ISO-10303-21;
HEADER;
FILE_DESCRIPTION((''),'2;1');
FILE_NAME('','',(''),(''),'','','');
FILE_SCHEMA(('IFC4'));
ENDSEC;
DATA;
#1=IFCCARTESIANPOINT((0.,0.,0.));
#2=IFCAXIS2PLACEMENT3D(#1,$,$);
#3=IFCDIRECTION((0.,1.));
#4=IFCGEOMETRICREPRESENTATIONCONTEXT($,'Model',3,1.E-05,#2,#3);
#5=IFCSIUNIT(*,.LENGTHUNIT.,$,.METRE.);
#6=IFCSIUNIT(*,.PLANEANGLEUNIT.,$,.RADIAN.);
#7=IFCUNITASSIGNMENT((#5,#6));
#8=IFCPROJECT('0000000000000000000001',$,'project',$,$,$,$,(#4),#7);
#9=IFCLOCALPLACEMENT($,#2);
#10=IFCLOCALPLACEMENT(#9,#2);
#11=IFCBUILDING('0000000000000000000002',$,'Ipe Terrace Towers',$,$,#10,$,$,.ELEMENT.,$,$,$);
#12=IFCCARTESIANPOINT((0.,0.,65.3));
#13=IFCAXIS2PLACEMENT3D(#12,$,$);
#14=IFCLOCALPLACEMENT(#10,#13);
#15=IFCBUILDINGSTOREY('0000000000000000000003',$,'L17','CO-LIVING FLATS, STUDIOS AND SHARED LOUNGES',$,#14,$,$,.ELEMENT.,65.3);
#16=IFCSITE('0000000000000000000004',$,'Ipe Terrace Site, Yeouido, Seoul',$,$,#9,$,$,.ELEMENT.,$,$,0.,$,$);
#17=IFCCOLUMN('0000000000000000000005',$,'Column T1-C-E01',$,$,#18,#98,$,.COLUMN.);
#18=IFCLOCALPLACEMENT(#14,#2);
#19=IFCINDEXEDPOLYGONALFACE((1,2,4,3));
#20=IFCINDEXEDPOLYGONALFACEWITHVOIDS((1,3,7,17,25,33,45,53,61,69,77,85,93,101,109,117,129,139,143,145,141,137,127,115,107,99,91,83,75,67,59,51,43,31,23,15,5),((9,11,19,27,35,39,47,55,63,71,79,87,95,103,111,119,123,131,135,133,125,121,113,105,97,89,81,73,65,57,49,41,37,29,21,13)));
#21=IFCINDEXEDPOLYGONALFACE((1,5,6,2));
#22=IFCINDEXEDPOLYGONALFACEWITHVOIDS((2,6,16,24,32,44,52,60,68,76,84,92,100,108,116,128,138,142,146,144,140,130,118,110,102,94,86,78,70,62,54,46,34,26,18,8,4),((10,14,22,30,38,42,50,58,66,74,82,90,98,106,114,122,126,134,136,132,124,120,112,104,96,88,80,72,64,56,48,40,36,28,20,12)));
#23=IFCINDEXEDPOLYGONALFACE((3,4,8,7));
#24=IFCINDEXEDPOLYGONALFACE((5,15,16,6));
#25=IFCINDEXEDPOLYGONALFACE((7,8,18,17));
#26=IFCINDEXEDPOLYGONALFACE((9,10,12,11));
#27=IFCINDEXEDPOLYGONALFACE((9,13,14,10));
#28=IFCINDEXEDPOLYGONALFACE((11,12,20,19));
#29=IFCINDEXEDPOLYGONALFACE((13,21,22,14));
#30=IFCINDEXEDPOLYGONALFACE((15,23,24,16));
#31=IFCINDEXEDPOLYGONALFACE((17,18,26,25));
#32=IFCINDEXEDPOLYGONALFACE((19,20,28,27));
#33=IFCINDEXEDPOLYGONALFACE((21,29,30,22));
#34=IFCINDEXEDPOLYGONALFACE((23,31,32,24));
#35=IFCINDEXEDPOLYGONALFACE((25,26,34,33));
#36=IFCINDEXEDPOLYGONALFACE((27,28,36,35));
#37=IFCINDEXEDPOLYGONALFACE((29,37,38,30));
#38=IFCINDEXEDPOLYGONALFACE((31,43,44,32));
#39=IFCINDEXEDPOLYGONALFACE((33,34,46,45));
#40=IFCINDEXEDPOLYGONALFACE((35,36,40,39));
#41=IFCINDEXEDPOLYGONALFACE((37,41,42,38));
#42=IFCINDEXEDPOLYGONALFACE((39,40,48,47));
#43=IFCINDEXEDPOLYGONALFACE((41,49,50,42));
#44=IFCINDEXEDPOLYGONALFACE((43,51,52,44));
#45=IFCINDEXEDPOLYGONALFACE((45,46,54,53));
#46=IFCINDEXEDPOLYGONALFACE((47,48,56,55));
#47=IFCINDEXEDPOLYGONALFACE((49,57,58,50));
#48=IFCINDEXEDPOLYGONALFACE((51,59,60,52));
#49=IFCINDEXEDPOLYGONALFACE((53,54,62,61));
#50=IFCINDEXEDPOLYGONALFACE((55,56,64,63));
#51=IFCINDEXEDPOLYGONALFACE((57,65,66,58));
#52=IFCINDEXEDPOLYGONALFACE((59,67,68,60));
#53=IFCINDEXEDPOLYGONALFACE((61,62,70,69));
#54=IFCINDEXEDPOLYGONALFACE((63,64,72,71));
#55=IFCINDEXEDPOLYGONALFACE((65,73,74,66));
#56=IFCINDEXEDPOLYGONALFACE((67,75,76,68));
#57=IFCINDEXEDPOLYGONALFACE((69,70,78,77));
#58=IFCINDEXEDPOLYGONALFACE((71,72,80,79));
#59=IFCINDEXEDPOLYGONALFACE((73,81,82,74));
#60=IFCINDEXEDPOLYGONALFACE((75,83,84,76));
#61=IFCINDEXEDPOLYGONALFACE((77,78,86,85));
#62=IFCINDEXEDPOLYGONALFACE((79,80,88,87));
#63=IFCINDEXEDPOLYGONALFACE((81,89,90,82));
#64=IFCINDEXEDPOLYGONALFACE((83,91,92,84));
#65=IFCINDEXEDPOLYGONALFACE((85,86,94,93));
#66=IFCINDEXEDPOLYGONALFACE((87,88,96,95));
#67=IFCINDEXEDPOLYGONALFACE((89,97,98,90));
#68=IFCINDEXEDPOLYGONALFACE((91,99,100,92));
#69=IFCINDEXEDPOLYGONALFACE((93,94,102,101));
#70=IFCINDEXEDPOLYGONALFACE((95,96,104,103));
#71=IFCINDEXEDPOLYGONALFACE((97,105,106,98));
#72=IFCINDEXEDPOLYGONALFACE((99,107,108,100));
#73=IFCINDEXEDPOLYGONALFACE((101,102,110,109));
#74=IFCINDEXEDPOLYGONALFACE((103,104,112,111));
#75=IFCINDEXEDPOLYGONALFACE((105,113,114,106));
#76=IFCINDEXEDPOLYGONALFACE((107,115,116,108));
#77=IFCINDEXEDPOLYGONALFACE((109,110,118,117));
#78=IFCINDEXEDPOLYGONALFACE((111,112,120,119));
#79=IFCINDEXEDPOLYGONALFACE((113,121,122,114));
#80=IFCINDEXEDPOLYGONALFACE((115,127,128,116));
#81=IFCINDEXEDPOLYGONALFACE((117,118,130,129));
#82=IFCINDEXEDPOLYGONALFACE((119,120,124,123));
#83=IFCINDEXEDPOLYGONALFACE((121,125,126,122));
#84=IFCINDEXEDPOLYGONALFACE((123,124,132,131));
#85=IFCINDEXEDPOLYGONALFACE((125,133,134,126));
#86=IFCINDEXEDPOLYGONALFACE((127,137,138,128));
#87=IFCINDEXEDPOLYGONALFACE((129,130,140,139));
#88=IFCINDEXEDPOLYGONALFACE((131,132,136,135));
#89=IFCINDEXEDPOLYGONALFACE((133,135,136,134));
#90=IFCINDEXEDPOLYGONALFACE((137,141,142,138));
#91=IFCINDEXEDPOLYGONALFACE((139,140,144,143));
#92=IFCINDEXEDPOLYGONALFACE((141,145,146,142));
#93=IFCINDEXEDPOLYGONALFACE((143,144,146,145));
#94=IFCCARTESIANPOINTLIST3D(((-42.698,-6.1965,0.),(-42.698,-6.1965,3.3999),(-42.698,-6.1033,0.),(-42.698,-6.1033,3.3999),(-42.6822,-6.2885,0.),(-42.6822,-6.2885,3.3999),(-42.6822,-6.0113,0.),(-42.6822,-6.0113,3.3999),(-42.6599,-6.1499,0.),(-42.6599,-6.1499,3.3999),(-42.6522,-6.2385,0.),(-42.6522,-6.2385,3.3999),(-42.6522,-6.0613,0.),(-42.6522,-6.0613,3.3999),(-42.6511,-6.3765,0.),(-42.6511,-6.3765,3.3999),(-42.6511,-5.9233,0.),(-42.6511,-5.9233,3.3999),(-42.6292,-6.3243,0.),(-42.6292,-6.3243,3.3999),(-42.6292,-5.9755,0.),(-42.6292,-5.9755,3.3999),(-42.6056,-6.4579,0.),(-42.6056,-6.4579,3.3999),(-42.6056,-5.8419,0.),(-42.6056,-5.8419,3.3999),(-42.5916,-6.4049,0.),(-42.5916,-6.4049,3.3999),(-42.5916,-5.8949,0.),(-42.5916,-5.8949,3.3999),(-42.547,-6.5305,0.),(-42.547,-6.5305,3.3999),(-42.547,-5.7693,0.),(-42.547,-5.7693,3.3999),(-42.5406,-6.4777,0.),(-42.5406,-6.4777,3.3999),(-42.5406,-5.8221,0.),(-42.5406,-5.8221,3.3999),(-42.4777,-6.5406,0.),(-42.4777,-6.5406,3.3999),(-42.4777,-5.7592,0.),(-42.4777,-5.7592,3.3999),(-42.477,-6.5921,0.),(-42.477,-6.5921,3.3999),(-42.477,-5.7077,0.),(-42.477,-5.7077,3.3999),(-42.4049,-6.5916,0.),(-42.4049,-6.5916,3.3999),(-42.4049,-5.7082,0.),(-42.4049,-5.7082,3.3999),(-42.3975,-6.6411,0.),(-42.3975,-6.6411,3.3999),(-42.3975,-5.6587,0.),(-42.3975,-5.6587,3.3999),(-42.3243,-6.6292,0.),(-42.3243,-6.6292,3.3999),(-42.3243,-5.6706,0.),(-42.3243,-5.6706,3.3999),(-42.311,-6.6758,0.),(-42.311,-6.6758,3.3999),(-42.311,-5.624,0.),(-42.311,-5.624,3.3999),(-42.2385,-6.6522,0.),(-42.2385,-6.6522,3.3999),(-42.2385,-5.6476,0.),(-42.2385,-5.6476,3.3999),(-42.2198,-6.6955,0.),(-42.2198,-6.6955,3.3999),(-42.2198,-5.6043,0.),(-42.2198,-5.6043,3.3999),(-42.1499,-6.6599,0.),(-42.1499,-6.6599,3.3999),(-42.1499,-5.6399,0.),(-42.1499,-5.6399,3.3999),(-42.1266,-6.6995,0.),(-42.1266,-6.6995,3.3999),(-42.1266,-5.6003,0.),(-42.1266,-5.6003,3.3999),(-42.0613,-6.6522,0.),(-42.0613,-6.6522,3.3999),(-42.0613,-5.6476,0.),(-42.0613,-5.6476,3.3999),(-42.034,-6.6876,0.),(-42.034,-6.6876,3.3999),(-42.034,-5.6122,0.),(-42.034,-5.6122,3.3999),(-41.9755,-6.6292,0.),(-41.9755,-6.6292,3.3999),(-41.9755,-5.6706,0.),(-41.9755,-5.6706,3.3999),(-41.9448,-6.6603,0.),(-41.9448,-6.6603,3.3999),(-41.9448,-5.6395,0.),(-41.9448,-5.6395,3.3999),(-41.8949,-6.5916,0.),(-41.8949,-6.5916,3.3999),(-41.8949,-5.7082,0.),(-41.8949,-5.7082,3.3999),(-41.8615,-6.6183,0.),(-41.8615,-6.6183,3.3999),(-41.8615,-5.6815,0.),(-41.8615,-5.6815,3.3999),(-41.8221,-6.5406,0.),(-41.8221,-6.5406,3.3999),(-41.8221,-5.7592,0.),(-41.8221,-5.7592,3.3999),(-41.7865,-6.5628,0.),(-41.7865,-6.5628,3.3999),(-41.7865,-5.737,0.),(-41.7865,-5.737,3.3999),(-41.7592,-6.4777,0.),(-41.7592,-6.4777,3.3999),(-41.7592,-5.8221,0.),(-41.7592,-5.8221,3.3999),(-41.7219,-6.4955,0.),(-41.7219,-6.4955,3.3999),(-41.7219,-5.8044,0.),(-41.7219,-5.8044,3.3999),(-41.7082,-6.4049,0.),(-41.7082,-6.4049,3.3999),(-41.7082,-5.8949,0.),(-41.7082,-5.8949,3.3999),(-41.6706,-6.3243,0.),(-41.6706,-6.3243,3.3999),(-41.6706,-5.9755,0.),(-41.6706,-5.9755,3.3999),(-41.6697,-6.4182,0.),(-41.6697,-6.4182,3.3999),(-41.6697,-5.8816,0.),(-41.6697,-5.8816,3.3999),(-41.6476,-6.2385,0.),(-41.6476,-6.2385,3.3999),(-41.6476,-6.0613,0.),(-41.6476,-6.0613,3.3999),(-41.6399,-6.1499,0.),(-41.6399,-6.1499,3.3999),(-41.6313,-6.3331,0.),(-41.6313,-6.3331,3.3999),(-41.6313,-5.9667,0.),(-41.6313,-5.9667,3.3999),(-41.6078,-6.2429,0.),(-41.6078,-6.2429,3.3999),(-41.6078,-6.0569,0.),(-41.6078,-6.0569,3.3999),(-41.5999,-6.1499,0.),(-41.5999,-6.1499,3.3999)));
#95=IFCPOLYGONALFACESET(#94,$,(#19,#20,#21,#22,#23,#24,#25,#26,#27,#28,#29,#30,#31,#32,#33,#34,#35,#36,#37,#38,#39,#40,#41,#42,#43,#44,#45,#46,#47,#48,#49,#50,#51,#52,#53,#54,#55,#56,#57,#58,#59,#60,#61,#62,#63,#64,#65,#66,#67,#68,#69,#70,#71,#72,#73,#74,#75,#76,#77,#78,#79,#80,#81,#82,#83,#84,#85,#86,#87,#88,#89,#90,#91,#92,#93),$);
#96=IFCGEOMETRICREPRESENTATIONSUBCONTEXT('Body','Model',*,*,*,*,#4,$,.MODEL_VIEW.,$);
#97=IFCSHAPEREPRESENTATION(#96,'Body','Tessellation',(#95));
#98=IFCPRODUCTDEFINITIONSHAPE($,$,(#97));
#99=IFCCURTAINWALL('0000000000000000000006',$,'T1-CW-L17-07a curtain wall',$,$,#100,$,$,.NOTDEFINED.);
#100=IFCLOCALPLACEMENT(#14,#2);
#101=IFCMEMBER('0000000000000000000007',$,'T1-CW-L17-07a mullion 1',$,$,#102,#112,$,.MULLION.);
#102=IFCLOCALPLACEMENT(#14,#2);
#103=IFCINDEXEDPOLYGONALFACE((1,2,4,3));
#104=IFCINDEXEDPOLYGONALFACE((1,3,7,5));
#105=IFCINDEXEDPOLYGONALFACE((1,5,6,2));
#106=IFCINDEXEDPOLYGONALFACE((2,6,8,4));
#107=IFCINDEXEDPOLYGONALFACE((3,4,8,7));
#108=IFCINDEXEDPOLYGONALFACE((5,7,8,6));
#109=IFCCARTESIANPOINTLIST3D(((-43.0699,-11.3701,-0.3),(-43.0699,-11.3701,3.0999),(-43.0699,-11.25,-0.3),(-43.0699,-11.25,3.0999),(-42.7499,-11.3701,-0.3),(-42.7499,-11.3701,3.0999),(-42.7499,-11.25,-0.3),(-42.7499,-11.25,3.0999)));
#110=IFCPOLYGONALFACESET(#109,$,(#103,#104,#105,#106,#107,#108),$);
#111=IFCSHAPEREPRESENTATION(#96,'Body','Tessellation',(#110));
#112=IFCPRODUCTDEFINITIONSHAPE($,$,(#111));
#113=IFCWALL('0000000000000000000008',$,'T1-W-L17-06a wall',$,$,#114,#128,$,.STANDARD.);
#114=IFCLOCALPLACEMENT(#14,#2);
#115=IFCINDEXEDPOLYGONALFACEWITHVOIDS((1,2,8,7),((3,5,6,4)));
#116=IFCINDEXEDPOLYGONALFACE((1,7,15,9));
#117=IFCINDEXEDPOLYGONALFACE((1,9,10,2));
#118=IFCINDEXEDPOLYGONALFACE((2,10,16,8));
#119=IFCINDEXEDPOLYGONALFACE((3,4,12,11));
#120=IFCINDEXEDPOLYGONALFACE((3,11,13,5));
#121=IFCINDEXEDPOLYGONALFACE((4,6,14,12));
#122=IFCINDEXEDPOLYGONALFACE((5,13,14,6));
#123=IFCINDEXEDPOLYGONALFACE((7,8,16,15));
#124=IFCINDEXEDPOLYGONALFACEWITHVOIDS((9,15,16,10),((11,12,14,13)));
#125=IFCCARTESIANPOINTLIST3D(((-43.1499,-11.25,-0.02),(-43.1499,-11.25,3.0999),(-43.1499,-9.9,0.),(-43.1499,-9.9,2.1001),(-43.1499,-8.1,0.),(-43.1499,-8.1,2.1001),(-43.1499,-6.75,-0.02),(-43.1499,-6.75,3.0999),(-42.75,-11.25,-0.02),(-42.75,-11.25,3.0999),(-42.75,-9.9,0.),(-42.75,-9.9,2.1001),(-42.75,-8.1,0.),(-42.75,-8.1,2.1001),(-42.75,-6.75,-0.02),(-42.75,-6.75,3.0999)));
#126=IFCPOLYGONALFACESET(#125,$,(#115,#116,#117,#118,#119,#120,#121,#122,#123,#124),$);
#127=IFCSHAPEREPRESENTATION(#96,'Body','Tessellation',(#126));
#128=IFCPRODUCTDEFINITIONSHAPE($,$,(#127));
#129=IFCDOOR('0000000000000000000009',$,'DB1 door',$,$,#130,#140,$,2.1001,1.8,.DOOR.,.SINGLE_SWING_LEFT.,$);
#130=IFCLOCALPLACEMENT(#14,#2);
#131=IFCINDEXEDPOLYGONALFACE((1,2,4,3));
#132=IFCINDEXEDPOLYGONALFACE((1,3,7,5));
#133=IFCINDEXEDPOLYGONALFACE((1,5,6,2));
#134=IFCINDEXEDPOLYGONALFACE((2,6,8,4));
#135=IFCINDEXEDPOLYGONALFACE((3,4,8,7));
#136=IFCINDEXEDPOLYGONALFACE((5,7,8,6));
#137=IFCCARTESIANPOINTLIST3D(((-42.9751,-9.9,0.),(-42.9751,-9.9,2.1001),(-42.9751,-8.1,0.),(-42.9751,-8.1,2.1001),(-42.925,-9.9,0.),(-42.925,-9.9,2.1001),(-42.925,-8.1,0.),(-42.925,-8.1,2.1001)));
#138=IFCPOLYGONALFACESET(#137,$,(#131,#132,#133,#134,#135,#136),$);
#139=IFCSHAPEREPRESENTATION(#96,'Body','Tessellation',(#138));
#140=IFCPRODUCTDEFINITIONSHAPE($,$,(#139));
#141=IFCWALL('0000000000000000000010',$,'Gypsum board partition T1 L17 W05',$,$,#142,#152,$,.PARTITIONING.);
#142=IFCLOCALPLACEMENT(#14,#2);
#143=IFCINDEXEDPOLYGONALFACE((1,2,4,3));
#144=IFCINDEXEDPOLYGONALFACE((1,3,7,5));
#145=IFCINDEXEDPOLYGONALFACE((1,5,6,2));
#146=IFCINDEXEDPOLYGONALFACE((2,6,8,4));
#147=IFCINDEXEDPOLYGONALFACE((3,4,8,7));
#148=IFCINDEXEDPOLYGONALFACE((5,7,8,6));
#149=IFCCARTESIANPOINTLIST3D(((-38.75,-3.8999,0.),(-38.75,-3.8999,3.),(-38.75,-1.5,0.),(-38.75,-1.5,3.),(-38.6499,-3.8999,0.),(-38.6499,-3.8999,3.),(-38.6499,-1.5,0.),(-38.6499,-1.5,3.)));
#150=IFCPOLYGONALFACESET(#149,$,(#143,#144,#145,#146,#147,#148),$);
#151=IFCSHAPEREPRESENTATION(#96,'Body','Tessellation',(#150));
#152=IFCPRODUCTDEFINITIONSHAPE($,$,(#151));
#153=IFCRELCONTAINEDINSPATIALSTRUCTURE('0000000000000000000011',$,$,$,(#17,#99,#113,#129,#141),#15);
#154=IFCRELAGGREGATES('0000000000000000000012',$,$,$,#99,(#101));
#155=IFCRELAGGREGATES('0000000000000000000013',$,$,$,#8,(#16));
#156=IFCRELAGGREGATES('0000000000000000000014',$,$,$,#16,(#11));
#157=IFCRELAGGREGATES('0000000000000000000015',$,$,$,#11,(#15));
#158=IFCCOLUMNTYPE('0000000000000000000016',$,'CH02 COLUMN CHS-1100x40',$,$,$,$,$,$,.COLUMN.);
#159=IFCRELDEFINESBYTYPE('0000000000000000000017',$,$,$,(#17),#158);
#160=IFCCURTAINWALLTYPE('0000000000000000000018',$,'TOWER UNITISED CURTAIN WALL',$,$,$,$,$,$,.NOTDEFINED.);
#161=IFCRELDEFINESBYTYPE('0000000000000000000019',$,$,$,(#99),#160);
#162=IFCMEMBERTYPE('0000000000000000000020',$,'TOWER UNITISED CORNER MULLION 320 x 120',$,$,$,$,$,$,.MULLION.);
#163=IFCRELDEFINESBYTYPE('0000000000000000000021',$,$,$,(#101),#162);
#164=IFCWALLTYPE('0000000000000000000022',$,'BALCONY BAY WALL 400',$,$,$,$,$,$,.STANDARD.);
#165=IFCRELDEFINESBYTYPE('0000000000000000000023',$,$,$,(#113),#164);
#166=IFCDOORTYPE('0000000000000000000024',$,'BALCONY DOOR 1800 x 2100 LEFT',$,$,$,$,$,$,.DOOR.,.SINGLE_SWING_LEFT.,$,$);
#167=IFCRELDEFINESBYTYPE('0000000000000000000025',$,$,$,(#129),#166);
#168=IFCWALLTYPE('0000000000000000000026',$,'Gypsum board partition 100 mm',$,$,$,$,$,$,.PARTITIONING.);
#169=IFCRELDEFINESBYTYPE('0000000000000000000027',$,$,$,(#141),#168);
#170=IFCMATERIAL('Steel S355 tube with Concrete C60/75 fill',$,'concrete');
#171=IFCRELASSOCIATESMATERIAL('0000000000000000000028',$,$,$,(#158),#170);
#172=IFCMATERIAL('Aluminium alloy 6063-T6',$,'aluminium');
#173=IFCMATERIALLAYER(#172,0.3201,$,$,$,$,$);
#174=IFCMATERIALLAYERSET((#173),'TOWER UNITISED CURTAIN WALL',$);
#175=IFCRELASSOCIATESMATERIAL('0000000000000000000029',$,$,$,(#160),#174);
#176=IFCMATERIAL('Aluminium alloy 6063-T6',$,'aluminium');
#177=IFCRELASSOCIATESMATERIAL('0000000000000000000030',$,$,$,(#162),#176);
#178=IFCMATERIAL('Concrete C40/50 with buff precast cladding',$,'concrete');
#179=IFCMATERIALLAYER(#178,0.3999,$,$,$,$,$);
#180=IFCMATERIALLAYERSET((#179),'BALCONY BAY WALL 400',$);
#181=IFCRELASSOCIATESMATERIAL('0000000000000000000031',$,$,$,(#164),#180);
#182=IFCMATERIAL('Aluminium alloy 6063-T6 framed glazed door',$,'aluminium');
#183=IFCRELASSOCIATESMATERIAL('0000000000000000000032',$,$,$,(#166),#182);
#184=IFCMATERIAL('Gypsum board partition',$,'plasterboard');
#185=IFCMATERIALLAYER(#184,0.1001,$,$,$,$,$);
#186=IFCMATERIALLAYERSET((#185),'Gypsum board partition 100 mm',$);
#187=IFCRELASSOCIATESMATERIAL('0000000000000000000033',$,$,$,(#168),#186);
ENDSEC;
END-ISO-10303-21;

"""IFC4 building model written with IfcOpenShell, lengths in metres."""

from ifc_helpers import new_model, si_unit, direction, frame, frame_2d, origin, origin_2d, place, context, subcontext, project, spatial, rectangle, hollow_circle, extrude, material, layer, layer_set, material_profile, profile_set, type_object, element, fill, aggregate, save


model = new_model("IFC4")

# Units and contexts
model_context = context("Model", 3, precision=1e-05, world=origin(), true_north=direction((0.0, 1.0)))
body_context = subcontext(model_context, "Body", "Model", "MODEL_VIEW")
ifc_project = project(units=[si_unit("LENGTHUNIT", "METRE"), si_unit("PLANEANGLEUNIT", "RADIAN")], contexts=[model_context])

# Site, building, storey
site_placement = place(None, origin())
site = spatial("IfcSite", under=ifc_project, at=site_placement, Name="Ipe Terrace Site, Yeouido, Seoul", CompositionType="ELEMENT", RefElevation=0.0)
building_placement = place(site_placement, origin())
building = spatial("IfcBuilding", under=site, at=building_placement, Name="Ipe Terrace Towers", CompositionType="ELEMENT")
storey_placement = place(building_placement, frame((0.0, 0.0, 65.3)))
storey = spatial("IfcBuildingStorey", under=building, at=storey_placement, Name="L17", Description="CO-LIVING FLATS, STUDIOS AND SHARED LOUNGES", CompositionType="ELEMENT", Elevation=65.3)

# Column
ifc_material_1 = material(Name="Steel S355 tube with Concrete C60/75 fill", Category="concrete")
ifc_material_profile_1 = material_profile(ifc_material_1, hollow_circle(Radius=0.55, WallThickness=0.04, at=origin_2d()), Name="CHS-1100x40")
ifc_profile_set_1 = profile_set([ifc_material_profile_1], Name="Steel S355 tube with Concrete C60/75 fill")
column_type = type_object("IfcColumnType", Name="CH02 COLUMN CHS-1100x40", PredefinedType="COLUMN", material=ifc_profile_set_1)
column_placement = place(storey_placement, frame((-42.1499, -6.1499, 0.0), z_axis=(0.0, 0.0, 1.0), x_axis=(1.0, 0.0, 0.0)))
element("IfcColumn", 1, at=column_placement, inside=storey, type_object=column_type, Name="Column T1-C-E01", PredefinedType="COLUMN", context=body_context, shape_type="SweptSolid", body=[
    extrude(hollow_circle(Radius=0.55, WallThickness=0.04, at=origin_2d()), origin(), (0.0, 0.0, 1.0), 3.3999),
])

# Curtain wall, member
ifc_material_2 = material(Name="Aluminium alloy 6063-T6", Category="aluminium")
ifc_layer_1 = layer(ifc_material_2, 0.3201)
ifc_layer_set_1 = layer_set([ifc_layer_1], Name="TOWER UNITISED CURTAIN WALL")
curtain_wall_type = type_object("IfcCurtainWallType", Name="TOWER UNITISED CURTAIN WALL", PredefinedType="NOTDEFINED", material=ifc_layer_set_1)
curtain_wall_placement = place(storey_placement, origin())
curtain_wall = element("IfcCurtainWall", 2, at=curtain_wall_placement, inside=storey, type_object=curtain_wall_type, Name="T1-CW-L17-07a curtain wall", PredefinedType="NOTDEFINED")
ifc_material_3 = material(Name="Aluminium alloy 6063-T6", Category="aluminium")
ifc_material_profile_2 = material_profile(ifc_material_3, rectangle(XDim=0.3201, YDim=0.1201, at=origin_2d()), Name="TOWER UNITISED CORNER MULLION 320 x 120")
ifc_profile_set_2 = profile_set([ifc_material_profile_2], Name="Aluminium alloy 6063-T6")
member_type = type_object("IfcMemberType", Name="TOWER UNITISED CORNER MULLION 320 x 120", PredefinedType="MULLION", material=ifc_profile_set_2)
member_placement = place(storey_placement, frame((-42.9099, -11.3101, -0.3), z_axis=(0.0, 0.0, 1.0), x_axis=(-1.0, 0.0, 0.0)))
member = element("IfcMember", 3, at=member_placement, type_object=member_type, Name="T1-CW-L17-07a mullion 1", PredefinedType="MULLION", context=body_context, shape_type="SweptSolid", body=[
    extrude(rectangle(XDim=0.3201, YDim=0.1201, at=origin_2d()), origin(), (0.0, 0.0, 1.0), 3.3999),
])
aggregate(curtain_wall, [member])

# Wall, opening, door
ifc_material_4 = material(Name="Concrete C40/50 with buff precast cladding", Category="concrete")
ifc_layer_2 = layer(ifc_material_4, 0.3999)
ifc_layer_set_2 = layer_set([ifc_layer_2], Name="BALCONY BAY WALL 400")
wall_type_1 = type_object("IfcWallType", Name="BALCONY BAY WALL 400", PredefinedType="STANDARD", material=ifc_layer_set_2)
wall_1_placement = place(storey_placement, frame((-42.95, -6.75, -0.02), z_axis=(0.0, 0.0, 1.0), x_axis=(0.0, -1.0, 0.0)))
wall_1 = element("IfcWall", 4, at=wall_1_placement, inside=storey, type_object=wall_type_1, Name="T1-W-L17-06a wall", PredefinedType="STANDARD", context=body_context, shape_type="SweptSolid", body=[
    extrude(rectangle(XDim=4.5, YDim=0.3999, at=frame_2d((2.25, 0.0))), origin(), (0.0, 0.0, 1.0), 3.1199),
])
opening_1_placement = place(wall_1_placement, frame((1.3501, 0.0, 0.02)))
opening_1 = element("IfcOpeningElement", 5, at=opening_1_placement, cuts=wall_1, PredefinedType="OPENING", context=body_context, shape_type="SweptSolid", body=[
    extrude(rectangle(XDim=1.8, YDim=2.1001, at=frame_2d((0.8999, 1.05))), frame((0.0, 0.21, 0.0), z_axis=(0.0, -1.0, 0.0), x_axis=(1.0, 0.0, 0.0)), (0.0, 0.0, 1.0), 0.4199),
])
ifc_material_5 = material(Name="Aluminium alloy 6063-T6 framed glazed door", Category="aluminium")
door_type_1 = type_object("IfcDoorType", Name="BALCONY DOOR 1800 x 2100 LEFT", OperationType="SINGLE_SWING_LEFT", PredefinedType="DOOR", material=ifc_material_5)
door_1_placement = place(opening_1_placement, origin())
door_1 = element("IfcDoor", 6, at=door_1_placement, inside=storey, type_object=door_type_1, Name="DB1 door", OperationType="SINGLE_SWING_LEFT", OverallHeight=2.1001, OverallWidth=1.8, PredefinedType="DOOR", context=body_context, shape_type="SweptSolid", body=[
    extrude(rectangle(XDim=1.8, YDim=2.1001, at=frame_2d((0.8999, 1.05))), frame((0.0, 0.0249, 0.0), z_axis=(0.0, -1.0, 0.0), x_axis=(1.0, 0.0, 0.0)), (0.0, 0.0, 1.0), 0.05),
])
fill(opening_1, door_1)

# Wall
ifc_material_6 = material(Name="Gypsum board partition", Category="plasterboard")
ifc_layer_3 = layer(ifc_material_6, 0.1001)
ifc_layer_set_3 = layer_set([ifc_layer_3], Name="Gypsum board partition 100 mm")
wall_type_2 = type_object("IfcWallType", Name="Gypsum board partition 100 mm", PredefinedType="PARTITIONING", material=ifc_layer_set_3)
wall_2_placement = place(storey_placement, frame((-38.7, -3.8999, 0.0), z_axis=(0.0, 0.0, 1.0), x_axis=(0.0, 1.0, 0.0)))
element("IfcWall", 7, at=wall_2_placement, inside=storey, type_object=wall_type_2, Name="Gypsum board partition T1 L17 W05", PredefinedType="PARTITIONING", context=body_context, shape_type="SweptSolid", body=[
    extrude(rectangle(XDim=2.3999, YDim=0.1001, at=frame_2d((1.2, 0.0))), origin(), (0.0, 0.0, 1.0), 3.0),
])

save(model, "model.ifc")
